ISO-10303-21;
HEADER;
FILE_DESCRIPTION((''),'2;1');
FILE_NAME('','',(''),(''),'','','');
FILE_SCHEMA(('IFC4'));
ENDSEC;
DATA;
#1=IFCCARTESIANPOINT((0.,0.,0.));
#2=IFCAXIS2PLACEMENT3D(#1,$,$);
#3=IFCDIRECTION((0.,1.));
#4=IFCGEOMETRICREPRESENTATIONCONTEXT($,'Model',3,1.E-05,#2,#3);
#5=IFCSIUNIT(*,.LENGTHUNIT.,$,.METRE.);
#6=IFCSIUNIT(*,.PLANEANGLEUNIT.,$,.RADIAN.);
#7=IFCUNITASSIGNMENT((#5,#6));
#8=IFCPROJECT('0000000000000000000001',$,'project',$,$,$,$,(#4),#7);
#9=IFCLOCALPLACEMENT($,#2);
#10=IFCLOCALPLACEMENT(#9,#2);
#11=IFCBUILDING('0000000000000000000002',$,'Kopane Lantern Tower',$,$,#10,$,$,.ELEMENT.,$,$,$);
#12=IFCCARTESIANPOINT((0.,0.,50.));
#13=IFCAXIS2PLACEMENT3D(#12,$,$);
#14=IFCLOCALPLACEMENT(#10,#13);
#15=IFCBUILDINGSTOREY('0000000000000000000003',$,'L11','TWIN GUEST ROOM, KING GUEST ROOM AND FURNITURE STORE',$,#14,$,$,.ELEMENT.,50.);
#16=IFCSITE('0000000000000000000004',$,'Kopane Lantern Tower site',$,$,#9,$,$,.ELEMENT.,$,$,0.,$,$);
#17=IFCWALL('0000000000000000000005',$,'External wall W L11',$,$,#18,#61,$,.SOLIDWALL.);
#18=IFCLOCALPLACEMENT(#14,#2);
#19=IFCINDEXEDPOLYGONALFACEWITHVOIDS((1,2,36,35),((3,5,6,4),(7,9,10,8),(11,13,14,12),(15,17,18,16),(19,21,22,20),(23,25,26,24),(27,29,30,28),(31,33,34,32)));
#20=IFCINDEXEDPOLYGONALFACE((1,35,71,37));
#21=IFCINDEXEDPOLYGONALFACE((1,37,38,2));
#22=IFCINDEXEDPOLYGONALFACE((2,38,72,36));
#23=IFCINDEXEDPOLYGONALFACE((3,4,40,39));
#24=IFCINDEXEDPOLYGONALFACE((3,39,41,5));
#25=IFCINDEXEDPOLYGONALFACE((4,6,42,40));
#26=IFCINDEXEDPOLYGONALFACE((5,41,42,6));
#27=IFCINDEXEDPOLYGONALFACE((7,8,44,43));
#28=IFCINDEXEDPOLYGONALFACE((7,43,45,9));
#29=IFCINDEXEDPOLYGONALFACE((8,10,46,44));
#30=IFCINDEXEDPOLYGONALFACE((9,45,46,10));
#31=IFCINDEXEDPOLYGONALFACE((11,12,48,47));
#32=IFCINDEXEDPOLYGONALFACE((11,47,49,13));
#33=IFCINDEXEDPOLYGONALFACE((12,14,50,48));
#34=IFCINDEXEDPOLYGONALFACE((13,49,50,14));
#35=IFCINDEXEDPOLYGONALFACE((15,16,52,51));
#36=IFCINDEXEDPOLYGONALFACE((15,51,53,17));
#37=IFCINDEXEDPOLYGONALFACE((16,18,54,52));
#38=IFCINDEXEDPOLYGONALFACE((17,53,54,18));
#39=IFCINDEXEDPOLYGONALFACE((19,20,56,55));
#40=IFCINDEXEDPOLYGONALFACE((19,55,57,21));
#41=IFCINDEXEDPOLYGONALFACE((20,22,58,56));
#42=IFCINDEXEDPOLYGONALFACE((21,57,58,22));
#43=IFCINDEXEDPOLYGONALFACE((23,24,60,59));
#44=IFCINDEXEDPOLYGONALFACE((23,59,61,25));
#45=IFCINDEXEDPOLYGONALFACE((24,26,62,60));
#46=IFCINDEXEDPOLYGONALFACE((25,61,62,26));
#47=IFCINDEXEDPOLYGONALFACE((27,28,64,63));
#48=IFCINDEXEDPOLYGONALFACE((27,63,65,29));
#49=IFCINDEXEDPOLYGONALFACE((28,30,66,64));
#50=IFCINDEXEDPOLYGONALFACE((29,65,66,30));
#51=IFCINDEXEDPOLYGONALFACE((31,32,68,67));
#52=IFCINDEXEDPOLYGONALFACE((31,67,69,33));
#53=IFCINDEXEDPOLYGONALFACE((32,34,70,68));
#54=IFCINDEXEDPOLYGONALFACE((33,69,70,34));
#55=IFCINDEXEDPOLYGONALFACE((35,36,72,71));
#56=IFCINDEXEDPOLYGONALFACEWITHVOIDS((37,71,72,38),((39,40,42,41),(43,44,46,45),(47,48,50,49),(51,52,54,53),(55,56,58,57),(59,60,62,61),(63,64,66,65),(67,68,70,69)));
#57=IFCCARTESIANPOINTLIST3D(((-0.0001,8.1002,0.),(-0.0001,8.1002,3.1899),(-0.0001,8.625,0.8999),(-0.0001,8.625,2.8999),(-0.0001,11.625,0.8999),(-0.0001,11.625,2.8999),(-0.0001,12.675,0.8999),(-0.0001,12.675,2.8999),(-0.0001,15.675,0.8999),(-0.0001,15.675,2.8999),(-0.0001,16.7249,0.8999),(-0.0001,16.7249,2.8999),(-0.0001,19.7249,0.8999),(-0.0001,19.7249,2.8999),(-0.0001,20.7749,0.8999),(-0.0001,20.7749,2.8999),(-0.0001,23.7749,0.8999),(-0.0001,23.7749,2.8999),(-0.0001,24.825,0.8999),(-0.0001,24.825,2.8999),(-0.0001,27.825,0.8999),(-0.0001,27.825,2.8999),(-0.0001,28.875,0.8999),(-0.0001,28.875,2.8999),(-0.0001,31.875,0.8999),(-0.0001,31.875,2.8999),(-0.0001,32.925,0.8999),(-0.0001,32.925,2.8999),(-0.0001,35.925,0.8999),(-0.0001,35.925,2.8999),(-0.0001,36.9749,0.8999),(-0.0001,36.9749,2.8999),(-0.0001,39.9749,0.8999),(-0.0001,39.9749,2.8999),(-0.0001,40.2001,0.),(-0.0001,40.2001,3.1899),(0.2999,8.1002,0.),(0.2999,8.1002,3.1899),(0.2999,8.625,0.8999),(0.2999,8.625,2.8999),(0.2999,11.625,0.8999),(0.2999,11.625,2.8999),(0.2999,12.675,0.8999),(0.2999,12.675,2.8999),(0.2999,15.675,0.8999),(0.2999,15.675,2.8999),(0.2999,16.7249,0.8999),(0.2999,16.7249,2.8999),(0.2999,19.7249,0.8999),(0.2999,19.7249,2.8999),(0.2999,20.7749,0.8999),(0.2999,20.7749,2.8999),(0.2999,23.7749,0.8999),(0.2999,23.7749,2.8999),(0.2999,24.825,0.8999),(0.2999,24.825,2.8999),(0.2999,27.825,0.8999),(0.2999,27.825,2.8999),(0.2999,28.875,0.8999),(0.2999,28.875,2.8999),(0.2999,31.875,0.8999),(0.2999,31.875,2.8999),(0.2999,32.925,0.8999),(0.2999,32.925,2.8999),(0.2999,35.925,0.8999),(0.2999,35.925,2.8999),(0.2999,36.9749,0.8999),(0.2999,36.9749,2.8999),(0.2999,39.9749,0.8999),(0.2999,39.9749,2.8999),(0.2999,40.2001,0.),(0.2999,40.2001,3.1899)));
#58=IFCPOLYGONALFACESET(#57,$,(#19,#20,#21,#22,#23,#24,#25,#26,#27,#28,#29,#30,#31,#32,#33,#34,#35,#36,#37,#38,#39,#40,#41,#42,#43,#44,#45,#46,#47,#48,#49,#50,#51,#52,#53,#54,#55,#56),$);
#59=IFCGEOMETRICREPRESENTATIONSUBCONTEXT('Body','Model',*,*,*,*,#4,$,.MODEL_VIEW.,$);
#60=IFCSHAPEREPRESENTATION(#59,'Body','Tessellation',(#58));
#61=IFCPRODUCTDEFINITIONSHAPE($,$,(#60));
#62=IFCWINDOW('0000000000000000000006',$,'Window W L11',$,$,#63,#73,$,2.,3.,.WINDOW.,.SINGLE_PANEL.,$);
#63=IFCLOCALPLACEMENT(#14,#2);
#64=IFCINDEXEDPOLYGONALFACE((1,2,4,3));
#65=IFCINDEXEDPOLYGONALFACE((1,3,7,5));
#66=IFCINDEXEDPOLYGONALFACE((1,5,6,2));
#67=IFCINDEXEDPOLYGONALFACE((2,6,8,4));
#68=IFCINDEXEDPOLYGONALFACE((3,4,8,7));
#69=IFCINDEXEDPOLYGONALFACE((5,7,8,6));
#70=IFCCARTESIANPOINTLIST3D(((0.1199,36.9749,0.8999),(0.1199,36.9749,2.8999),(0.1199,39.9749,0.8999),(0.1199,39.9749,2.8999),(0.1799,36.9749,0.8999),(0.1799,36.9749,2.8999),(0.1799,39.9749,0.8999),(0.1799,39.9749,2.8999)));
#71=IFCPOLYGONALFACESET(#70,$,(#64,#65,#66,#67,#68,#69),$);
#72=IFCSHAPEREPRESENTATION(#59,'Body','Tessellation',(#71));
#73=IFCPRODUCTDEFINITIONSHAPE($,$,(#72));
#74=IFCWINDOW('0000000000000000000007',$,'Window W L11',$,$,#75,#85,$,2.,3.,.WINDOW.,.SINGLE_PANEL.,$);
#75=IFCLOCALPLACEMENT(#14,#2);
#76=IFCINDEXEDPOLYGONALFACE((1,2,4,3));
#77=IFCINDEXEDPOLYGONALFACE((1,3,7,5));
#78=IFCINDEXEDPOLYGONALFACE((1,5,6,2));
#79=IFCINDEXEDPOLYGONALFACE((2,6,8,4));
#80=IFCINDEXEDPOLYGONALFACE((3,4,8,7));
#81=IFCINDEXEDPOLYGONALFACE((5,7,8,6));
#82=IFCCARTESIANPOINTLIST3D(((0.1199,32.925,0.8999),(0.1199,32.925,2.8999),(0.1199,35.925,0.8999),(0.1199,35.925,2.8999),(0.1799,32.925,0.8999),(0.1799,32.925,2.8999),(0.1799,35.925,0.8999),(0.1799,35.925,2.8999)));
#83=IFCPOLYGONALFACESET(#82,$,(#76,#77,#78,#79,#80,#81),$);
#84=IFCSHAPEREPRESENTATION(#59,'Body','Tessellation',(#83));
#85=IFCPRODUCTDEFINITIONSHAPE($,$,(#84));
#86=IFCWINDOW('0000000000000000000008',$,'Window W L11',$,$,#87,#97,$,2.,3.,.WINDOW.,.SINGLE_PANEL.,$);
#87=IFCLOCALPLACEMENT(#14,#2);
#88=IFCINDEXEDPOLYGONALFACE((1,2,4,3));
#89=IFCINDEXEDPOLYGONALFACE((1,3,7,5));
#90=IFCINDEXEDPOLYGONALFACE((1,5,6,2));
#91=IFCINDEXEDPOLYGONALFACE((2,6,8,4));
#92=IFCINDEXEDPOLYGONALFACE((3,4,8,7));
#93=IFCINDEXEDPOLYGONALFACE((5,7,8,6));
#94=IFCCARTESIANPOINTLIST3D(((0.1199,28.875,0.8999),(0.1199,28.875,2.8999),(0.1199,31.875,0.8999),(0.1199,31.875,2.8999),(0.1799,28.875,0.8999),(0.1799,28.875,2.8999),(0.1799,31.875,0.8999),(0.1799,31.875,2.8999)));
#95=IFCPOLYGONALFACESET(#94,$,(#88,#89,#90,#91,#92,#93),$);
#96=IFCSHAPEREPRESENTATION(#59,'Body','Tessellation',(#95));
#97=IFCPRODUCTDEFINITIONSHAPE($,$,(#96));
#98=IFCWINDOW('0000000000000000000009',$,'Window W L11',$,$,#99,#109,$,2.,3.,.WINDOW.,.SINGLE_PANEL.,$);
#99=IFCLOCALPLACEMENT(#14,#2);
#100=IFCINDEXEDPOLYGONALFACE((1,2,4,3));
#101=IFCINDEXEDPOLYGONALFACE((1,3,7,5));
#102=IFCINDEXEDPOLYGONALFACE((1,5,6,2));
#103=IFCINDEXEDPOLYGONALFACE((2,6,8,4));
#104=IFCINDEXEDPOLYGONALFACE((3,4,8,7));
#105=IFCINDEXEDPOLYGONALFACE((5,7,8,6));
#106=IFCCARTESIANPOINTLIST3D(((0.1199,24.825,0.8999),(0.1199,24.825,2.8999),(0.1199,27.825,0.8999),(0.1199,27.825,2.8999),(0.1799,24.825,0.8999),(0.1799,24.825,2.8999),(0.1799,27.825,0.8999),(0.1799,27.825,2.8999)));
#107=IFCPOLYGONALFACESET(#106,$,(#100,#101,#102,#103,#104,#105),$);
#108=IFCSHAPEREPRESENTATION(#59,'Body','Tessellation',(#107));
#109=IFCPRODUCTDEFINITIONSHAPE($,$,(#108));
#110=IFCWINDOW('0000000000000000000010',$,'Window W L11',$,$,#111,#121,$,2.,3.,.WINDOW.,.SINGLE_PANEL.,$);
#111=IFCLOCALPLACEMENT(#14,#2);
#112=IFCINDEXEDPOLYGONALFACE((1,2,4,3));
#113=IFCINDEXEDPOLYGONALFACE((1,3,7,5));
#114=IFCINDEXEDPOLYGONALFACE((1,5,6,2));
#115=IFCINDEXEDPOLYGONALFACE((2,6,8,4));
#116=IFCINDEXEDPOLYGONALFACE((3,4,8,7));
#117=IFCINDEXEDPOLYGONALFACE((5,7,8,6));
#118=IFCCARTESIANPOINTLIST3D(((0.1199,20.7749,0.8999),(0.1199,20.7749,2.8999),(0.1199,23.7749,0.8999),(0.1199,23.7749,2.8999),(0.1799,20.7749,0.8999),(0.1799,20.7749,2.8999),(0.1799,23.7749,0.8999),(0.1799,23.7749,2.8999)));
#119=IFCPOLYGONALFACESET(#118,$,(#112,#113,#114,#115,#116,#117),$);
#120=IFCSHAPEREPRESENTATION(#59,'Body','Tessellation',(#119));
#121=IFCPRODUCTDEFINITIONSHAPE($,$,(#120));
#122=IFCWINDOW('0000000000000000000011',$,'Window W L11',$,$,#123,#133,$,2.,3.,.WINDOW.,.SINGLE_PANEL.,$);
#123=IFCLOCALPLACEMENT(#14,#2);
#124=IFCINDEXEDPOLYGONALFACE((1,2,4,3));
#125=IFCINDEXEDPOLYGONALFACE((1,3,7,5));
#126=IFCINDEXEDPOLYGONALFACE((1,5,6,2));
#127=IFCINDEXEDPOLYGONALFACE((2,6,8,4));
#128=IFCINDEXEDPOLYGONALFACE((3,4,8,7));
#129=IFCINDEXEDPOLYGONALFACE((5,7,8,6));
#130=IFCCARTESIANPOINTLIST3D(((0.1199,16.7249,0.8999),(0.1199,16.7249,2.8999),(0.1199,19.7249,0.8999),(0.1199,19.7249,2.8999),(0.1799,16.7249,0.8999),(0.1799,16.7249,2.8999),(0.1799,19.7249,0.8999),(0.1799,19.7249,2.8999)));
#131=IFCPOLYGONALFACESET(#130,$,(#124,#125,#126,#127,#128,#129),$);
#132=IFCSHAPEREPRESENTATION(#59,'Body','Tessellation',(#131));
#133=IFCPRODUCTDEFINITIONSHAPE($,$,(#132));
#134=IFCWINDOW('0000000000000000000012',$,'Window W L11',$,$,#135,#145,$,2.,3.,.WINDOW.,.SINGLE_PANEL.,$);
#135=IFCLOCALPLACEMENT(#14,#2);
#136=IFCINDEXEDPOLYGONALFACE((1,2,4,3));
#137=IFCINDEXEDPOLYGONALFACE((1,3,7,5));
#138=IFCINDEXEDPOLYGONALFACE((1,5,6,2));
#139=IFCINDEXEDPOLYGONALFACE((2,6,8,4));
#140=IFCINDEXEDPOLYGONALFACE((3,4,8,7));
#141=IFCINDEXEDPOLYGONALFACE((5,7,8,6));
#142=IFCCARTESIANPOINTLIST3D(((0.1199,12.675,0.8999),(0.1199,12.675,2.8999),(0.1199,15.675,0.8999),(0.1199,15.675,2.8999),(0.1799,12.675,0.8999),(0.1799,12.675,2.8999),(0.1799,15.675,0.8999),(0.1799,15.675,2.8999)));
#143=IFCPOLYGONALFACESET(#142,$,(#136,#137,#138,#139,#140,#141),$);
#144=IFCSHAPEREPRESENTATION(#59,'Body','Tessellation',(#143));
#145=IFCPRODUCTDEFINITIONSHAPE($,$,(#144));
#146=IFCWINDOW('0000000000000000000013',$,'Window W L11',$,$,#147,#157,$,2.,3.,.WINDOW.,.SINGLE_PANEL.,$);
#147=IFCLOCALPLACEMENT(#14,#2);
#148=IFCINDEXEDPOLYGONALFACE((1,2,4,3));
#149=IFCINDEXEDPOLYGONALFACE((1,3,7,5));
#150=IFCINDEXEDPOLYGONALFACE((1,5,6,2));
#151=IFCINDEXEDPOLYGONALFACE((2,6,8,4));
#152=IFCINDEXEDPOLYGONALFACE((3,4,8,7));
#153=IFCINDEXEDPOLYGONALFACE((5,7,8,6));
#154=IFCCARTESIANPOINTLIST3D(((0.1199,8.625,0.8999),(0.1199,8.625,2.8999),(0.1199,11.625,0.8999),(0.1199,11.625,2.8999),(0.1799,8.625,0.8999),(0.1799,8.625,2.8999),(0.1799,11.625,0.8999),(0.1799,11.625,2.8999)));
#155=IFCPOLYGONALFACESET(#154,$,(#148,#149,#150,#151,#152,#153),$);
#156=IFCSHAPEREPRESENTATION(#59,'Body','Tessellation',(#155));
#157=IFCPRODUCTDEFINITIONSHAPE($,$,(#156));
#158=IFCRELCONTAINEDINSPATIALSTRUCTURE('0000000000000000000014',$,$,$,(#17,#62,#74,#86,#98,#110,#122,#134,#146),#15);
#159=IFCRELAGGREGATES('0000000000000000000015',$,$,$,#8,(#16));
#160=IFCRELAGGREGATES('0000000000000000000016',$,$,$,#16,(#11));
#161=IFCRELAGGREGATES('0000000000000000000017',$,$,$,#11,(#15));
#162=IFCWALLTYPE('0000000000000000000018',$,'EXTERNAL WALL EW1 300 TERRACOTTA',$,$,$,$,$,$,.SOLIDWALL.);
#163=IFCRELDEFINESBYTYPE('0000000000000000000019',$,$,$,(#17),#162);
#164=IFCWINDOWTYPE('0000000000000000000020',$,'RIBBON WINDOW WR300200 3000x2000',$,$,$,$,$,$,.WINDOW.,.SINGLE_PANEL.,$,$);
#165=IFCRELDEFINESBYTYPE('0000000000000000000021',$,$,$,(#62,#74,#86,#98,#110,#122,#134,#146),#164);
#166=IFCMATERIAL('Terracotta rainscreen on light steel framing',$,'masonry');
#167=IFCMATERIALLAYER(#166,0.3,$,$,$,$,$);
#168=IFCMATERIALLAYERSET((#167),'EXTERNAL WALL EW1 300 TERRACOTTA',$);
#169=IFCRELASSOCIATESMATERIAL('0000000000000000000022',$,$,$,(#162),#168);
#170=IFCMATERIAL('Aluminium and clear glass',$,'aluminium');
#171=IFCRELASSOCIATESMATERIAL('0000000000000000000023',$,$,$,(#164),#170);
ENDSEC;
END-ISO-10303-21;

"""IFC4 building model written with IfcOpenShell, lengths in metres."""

from ifc_helpers import new_model, si_unit, direction, frame, frame_2d, origin, place, context, subcontext, project, spatial, rectangle, extrude, material, layer, layer_set, type_object, element, fill, save


model = new_model("IFC4")

# Units and contexts
model_context = context("Model", 3, precision=1e-05, world=origin(), true_north=direction((0.0, 1.0)))
body_context = subcontext(model_context, "Body", "Model", "MODEL_VIEW")
ifc_project = project(units=[si_unit("LENGTHUNIT", "METRE"), si_unit("PLANEANGLEUNIT", "RADIAN")], contexts=[model_context])

# Site, building, storey
site_placement = place(None, origin())
site = spatial("IfcSite", under=ifc_project, at=site_placement, Name="Kopane Lantern Tower site", CompositionType="ELEMENT", RefElevation=0.0)
building_placement = place(site_placement, origin())
building = spatial("IfcBuilding", under=site, at=building_placement, Name="Kopane Lantern Tower", CompositionType="ELEMENT")
storey_placement = place(building_placement, frame((0.0, 0.0, 50.0)))
storey = spatial("IfcBuildingStorey", under=building, at=storey_placement, Name="L11", Description="TWIN GUEST ROOM, KING GUEST ROOM AND FURNITURE STORE", CompositionType="ELEMENT", Elevation=50.0)

# Shared definitions
ifc_material_1 = material(Name="Terracotta rainscreen on light steel framing", Category="masonry")
ifc_layer_1 = layer(ifc_material_1, 0.3)
ifc_layer_set_1 = layer_set([ifc_layer_1], Name="EXTERNAL WALL EW1 300 TERRACOTTA")
wall_type_1 = type_object("IfcWallType", Name="EXTERNAL WALL EW1 300 TERRACOTTA", PredefinedType="SOLIDWALL", material=ifc_layer_set_1)

# Wall, openings, windows
wall_1_placement = place(storey_placement, frame((0.1499, 40.2, 0.0), z_axis=(0.0, 0.0, 1.0), x_axis=(0.0, -1.0, 0.0)))
wall_1 = element("IfcWall", 1, at=wall_1_placement, inside=storey, type_object=wall_type_1, Name="External wall W L11", PredefinedType="SOLIDWALL", context=body_context, shape_type="SweptSolid", body=[
    extrude(rectangle(XDim=32.0999, YDim=0.3, at=frame_2d((16.0498, 0.0))), origin(), (0.0, 0.0, 1.0), 3.1899),
])
opening_1_placement = place(wall_1_placement, frame((0.2251, 0.0, 0.8999)))
opening_1 = element("IfcOpeningElement", 2, at=opening_1_placement, cuts=wall_1, PredefinedType="OPENING", context=body_context, shape_type="SweptSolid", body=[
    extrude(rectangle(XDim=3.0, YDim=2.0, at=frame_2d((1.5, 1.0))), frame((0.0, 0.1599, 0.0), z_axis=(0.0, -1.0, 0.0), x_axis=(1.0, 0.0, 0.0)), (0.0, 0.0, 1.0), 0.3201),
])
opening_2_placement = place(wall_1_placement, frame((4.2749, 0.0, 0.8999)))
opening_2 = element("IfcOpeningElement", 3, at=opening_2_placement, cuts=wall_1, PredefinedType="OPENING", context=body_context, shape_type="SweptSolid", body=[
    extrude(rectangle(XDim=3.0, YDim=2.0, at=frame_2d((1.5, 1.0))), frame((0.0, 0.1599, 0.0), z_axis=(0.0, -1.0, 0.0), x_axis=(1.0, 0.0, 0.0)), (0.0, 0.0, 1.0), 0.3201),
])
opening_3_placement = place(wall_1_placement, frame((8.325, 0.0, 0.8999)))
opening_3 = element("IfcOpeningElement", 4, at=opening_3_placement, cuts=wall_1, PredefinedType="OPENING", context=body_context, shape_type="SweptSolid", body=[
    extrude(rectangle(XDim=3.0, YDim=2.0, at=frame_2d((1.5, 1.0))), frame((0.0, 0.1599, 0.0), z_axis=(0.0, -1.0, 0.0), x_axis=(1.0, 0.0, 0.0)), (0.0, 0.0, 1.0), 0.3201),
])
opening_4_placement = place(wall_1_placement, frame((12.375, 0.0, 0.8999)))
opening_4 = element("IfcOpeningElement", 5, at=opening_4_placement, cuts=wall_1, PredefinedType="OPENING", context=body_context, shape_type="SweptSolid", body=[
    extrude(rectangle(XDim=3.0, YDim=2.0, at=frame_2d((1.5, 1.0))), frame((0.0, 0.1599, 0.0), z_axis=(0.0, -1.0, 0.0), x_axis=(1.0, 0.0, 0.0)), (0.0, 0.0, 1.0), 0.3201),
])
opening_5_placement = place(wall_1_placement, frame((16.425, 0.0, 0.8999)))
opening_5 = element("IfcOpeningElement", 6, at=opening_5_placement, cuts=wall_1, PredefinedType="OPENING", context=body_context, shape_type="SweptSolid", body=[
    extrude(rectangle(XDim=3.0, YDim=2.0, at=frame_2d((1.5, 1.0))), frame((0.0, 0.1599, 0.0), z_axis=(0.0, -1.0, 0.0), x_axis=(1.0, 0.0, 0.0)), (0.0, 0.0, 1.0), 0.3201),
])
opening_6_placement = place(wall_1_placement, frame((20.4751, 0.0, 0.8999)))
opening_6 = element("IfcOpeningElement", 7, at=opening_6_placement, cuts=wall_1, PredefinedType="OPENING", context=body_context, shape_type="SweptSolid", body=[
    extrude(rectangle(XDim=3.0, YDim=2.0, at=frame_2d((1.5, 1.0))), frame((0.0, 0.1599, 0.0), z_axis=(0.0, -1.0, 0.0), x_axis=(1.0, 0.0, 0.0)), (0.0, 0.0, 1.0), 0.3201),
])
opening_7_placement = place(wall_1_placement, frame((24.5249, 0.0, 0.8999)))
opening_7 = element("IfcOpeningElement", 8, at=opening_7_placement, cuts=wall_1, PredefinedType="OPENING", context=body_context, shape_type="SweptSolid", body=[
    extrude(rectangle(XDim=3.0, YDim=2.0, at=frame_2d((1.5, 1.0))), frame((0.0, 0.1599, 0.0), z_axis=(0.0, -1.0, 0.0), x_axis=(1.0, 0.0, 0.0)), (0.0, 0.0, 1.0), 0.3201),
])
opening_8_placement = place(wall_1_placement, frame((28.575, 0.0, 0.8999)))
opening_8 = element("IfcOpeningElement", 9, at=opening_8_placement, cuts=wall_1, PredefinedType="OPENING", context=body_context, shape_type="SweptSolid", body=[
    extrude(rectangle(XDim=3.0, YDim=2.0, at=frame_2d((1.5, 1.0))), frame((0.0, 0.1599, 0.0), z_axis=(0.0, -1.0, 0.0), x_axis=(1.0, 0.0, 0.0)), (0.0, 0.0, 1.0), 0.3201),
])
ifc_material_2 = material(Name="Aluminium and clear glass", Category="aluminium")
window_type_1 = type_object("IfcWindowType", Name="RIBBON WINDOW WR300200 3000x2000", PartitioningType="SINGLE_PANEL", PredefinedType="WINDOW", material=ifc_material_2)
window_1_placement = place(opening_1_placement, origin())
window_1 = element("IfcWindow", 10, at=window_1_placement, inside=storey, type_object=window_type_1, Name="Window W L11", OverallHeight=2.0, OverallWidth=3.0, PartitioningType="SINGLE_PANEL", PredefinedType="WINDOW", context=body_context, shape_type="SweptSolid", body=[
    extrude(rectangle(XDim=3.0, YDim=2.0, at=frame_2d((1.5, 1.0))), frame((0.0, 0.03, 0.0), z_axis=(0.0, -1.0, 0.0), x_axis=(1.0, 0.0, 0.0)), (0.0, 0.0, 1.0), 0.0601),
])
fill(opening_1, window_1)
window_2_placement = place(opening_2_placement, origin())
window_2 = element("IfcWindow", 11, at=window_2_placement, inside=storey, type_object=window_type_1, Name="Window W L11", OverallHeight=2.0, OverallWidth=3.0, PartitioningType="SINGLE_PANEL", PredefinedType="WINDOW", context=body_context, shape_type="SweptSolid", body=[
    extrude(rectangle(XDim=3.0, YDim=2.0, at=frame_2d((1.5, 1.0))), frame((0.0, 0.03, 0.0), z_axis=(0.0, -1.0, 0.0), x_axis=(1.0, 0.0, 0.0)), (0.0, 0.0, 1.0), 0.0601),
])
fill(opening_2, window_2)
window_3_placement = place(opening_3_placement, origin())
window_3 = element("IfcWindow", 12, at=window_3_placement, inside=storey, type_object=window_type_1, Name="Window W L11", OverallHeight=2.0, OverallWidth=3.0, PartitioningType="SINGLE_PANEL", PredefinedType="WINDOW", context=body_context, shape_type="SweptSolid", body=[
    extrude(rectangle(XDim=3.0, YDim=2.0, at=frame_2d((1.5, 1.0))), frame((0.0, 0.03, 0.0), z_axis=(0.0, -1.0, 0.0), x_axis=(1.0, 0.0, 0.0)), (0.0, 0.0, 1.0), 0.0601),
])
fill(opening_3, window_3)
window_4_placement = place(opening_4_placement, origin())
window_4 = element("IfcWindow", 13, at=window_4_placement, inside=storey, type_object=window_type_1, Name="Window W L11", OverallHeight=2.0, OverallWidth=3.0, PartitioningType="SINGLE_PANEL", PredefinedType="WINDOW", context=body_context, shape_type="SweptSolid", body=[
    extrude(rectangle(XDim=3.0, YDim=2.0, at=frame_2d((1.5, 1.0))), frame((0.0, 0.03, 0.0), z_axis=(0.0, -1.0, 0.0), x_axis=(1.0, 0.0, 0.0)), (0.0, 0.0, 1.0), 0.0601),
])
fill(opening_4, window_4)
window_5_placement = place(opening_5_placement, origin())
window_5 = element("IfcWindow", 14, at=window_5_placement, inside=storey, type_object=window_type_1, Name="Window W L11", OverallHeight=2.0, OverallWidth=3.0, PartitioningType="SINGLE_PANEL", PredefinedType="WINDOW", context=body_context, shape_type="SweptSolid", body=[
    extrude(rectangle(XDim=3.0, YDim=2.0, at=frame_2d((1.5, 1.0))), frame((0.0, 0.03, 0.0), z_axis=(0.0, -1.0, 0.0), x_axis=(1.0, 0.0, 0.0)), (0.0, 0.0, 1.0), 0.0601),
])
fill(opening_5, window_5)
window_6_placement = place(opening_6_placement, origin())
window_6 = element("IfcWindow", 15, at=window_6_placement, inside=storey, type_object=window_type_1, Name="Window W L11", OverallHeight=2.0, OverallWidth=3.0, PartitioningType="SINGLE_PANEL", PredefinedType="WINDOW", context=body_context, shape_type="SweptSolid", body=[
    extrude(rectangle(XDim=3.0, YDim=2.0, at=frame_2d((1.5, 1.0))), frame((0.0, 0.03, 0.0), z_axis=(0.0, -1.0, 0.0), x_axis=(1.0, 0.0, 0.0)), (0.0, 0.0, 1.0), 0.0601),
])
fill(opening_6, window_6)
window_7_placement = place(opening_7_placement, origin())
window_7 = element("IfcWindow", 16, at=window_7_placement, inside=storey, type_object=window_type_1, Name="Window W L11", OverallHeight=2.0, OverallWidth=3.0, PartitioningType="SINGLE_PANEL", PredefinedType="WINDOW", context=body_context, shape_type="SweptSolid", body=[
    extrude(rectangle(XDim=3.0, YDim=2.0, at=frame_2d((1.5, 1.0))), frame((0.0, 0.03, 0.0), z_axis=(0.0, -1.0, 0.0), x_axis=(1.0, 0.0, 0.0)), (0.0, 0.0, 1.0), 0.0601),
])
fill(opening_7, window_7)
window_8_placement = place(opening_8_placement, origin())
window_8 = element("IfcWindow", 17, at=window_8_placement, inside=storey, type_object=window_type_1, Name="Window W L11", OverallHeight=2.0, OverallWidth=3.0, PartitioningType="SINGLE_PANEL", PredefinedType="WINDOW", context=body_context, shape_type="SweptSolid", body=[
    extrude(rectangle(XDim=3.0, YDim=2.0, at=frame_2d((1.5, 1.0))), frame((0.0, 0.03, 0.0), z_axis=(0.0, -1.0, 0.0), x_axis=(1.0, 0.0, 0.0)), (0.0, 0.0, 1.0), 0.0601),
])
fill(opening_8, window_8)

save(model, "model.ifc")
